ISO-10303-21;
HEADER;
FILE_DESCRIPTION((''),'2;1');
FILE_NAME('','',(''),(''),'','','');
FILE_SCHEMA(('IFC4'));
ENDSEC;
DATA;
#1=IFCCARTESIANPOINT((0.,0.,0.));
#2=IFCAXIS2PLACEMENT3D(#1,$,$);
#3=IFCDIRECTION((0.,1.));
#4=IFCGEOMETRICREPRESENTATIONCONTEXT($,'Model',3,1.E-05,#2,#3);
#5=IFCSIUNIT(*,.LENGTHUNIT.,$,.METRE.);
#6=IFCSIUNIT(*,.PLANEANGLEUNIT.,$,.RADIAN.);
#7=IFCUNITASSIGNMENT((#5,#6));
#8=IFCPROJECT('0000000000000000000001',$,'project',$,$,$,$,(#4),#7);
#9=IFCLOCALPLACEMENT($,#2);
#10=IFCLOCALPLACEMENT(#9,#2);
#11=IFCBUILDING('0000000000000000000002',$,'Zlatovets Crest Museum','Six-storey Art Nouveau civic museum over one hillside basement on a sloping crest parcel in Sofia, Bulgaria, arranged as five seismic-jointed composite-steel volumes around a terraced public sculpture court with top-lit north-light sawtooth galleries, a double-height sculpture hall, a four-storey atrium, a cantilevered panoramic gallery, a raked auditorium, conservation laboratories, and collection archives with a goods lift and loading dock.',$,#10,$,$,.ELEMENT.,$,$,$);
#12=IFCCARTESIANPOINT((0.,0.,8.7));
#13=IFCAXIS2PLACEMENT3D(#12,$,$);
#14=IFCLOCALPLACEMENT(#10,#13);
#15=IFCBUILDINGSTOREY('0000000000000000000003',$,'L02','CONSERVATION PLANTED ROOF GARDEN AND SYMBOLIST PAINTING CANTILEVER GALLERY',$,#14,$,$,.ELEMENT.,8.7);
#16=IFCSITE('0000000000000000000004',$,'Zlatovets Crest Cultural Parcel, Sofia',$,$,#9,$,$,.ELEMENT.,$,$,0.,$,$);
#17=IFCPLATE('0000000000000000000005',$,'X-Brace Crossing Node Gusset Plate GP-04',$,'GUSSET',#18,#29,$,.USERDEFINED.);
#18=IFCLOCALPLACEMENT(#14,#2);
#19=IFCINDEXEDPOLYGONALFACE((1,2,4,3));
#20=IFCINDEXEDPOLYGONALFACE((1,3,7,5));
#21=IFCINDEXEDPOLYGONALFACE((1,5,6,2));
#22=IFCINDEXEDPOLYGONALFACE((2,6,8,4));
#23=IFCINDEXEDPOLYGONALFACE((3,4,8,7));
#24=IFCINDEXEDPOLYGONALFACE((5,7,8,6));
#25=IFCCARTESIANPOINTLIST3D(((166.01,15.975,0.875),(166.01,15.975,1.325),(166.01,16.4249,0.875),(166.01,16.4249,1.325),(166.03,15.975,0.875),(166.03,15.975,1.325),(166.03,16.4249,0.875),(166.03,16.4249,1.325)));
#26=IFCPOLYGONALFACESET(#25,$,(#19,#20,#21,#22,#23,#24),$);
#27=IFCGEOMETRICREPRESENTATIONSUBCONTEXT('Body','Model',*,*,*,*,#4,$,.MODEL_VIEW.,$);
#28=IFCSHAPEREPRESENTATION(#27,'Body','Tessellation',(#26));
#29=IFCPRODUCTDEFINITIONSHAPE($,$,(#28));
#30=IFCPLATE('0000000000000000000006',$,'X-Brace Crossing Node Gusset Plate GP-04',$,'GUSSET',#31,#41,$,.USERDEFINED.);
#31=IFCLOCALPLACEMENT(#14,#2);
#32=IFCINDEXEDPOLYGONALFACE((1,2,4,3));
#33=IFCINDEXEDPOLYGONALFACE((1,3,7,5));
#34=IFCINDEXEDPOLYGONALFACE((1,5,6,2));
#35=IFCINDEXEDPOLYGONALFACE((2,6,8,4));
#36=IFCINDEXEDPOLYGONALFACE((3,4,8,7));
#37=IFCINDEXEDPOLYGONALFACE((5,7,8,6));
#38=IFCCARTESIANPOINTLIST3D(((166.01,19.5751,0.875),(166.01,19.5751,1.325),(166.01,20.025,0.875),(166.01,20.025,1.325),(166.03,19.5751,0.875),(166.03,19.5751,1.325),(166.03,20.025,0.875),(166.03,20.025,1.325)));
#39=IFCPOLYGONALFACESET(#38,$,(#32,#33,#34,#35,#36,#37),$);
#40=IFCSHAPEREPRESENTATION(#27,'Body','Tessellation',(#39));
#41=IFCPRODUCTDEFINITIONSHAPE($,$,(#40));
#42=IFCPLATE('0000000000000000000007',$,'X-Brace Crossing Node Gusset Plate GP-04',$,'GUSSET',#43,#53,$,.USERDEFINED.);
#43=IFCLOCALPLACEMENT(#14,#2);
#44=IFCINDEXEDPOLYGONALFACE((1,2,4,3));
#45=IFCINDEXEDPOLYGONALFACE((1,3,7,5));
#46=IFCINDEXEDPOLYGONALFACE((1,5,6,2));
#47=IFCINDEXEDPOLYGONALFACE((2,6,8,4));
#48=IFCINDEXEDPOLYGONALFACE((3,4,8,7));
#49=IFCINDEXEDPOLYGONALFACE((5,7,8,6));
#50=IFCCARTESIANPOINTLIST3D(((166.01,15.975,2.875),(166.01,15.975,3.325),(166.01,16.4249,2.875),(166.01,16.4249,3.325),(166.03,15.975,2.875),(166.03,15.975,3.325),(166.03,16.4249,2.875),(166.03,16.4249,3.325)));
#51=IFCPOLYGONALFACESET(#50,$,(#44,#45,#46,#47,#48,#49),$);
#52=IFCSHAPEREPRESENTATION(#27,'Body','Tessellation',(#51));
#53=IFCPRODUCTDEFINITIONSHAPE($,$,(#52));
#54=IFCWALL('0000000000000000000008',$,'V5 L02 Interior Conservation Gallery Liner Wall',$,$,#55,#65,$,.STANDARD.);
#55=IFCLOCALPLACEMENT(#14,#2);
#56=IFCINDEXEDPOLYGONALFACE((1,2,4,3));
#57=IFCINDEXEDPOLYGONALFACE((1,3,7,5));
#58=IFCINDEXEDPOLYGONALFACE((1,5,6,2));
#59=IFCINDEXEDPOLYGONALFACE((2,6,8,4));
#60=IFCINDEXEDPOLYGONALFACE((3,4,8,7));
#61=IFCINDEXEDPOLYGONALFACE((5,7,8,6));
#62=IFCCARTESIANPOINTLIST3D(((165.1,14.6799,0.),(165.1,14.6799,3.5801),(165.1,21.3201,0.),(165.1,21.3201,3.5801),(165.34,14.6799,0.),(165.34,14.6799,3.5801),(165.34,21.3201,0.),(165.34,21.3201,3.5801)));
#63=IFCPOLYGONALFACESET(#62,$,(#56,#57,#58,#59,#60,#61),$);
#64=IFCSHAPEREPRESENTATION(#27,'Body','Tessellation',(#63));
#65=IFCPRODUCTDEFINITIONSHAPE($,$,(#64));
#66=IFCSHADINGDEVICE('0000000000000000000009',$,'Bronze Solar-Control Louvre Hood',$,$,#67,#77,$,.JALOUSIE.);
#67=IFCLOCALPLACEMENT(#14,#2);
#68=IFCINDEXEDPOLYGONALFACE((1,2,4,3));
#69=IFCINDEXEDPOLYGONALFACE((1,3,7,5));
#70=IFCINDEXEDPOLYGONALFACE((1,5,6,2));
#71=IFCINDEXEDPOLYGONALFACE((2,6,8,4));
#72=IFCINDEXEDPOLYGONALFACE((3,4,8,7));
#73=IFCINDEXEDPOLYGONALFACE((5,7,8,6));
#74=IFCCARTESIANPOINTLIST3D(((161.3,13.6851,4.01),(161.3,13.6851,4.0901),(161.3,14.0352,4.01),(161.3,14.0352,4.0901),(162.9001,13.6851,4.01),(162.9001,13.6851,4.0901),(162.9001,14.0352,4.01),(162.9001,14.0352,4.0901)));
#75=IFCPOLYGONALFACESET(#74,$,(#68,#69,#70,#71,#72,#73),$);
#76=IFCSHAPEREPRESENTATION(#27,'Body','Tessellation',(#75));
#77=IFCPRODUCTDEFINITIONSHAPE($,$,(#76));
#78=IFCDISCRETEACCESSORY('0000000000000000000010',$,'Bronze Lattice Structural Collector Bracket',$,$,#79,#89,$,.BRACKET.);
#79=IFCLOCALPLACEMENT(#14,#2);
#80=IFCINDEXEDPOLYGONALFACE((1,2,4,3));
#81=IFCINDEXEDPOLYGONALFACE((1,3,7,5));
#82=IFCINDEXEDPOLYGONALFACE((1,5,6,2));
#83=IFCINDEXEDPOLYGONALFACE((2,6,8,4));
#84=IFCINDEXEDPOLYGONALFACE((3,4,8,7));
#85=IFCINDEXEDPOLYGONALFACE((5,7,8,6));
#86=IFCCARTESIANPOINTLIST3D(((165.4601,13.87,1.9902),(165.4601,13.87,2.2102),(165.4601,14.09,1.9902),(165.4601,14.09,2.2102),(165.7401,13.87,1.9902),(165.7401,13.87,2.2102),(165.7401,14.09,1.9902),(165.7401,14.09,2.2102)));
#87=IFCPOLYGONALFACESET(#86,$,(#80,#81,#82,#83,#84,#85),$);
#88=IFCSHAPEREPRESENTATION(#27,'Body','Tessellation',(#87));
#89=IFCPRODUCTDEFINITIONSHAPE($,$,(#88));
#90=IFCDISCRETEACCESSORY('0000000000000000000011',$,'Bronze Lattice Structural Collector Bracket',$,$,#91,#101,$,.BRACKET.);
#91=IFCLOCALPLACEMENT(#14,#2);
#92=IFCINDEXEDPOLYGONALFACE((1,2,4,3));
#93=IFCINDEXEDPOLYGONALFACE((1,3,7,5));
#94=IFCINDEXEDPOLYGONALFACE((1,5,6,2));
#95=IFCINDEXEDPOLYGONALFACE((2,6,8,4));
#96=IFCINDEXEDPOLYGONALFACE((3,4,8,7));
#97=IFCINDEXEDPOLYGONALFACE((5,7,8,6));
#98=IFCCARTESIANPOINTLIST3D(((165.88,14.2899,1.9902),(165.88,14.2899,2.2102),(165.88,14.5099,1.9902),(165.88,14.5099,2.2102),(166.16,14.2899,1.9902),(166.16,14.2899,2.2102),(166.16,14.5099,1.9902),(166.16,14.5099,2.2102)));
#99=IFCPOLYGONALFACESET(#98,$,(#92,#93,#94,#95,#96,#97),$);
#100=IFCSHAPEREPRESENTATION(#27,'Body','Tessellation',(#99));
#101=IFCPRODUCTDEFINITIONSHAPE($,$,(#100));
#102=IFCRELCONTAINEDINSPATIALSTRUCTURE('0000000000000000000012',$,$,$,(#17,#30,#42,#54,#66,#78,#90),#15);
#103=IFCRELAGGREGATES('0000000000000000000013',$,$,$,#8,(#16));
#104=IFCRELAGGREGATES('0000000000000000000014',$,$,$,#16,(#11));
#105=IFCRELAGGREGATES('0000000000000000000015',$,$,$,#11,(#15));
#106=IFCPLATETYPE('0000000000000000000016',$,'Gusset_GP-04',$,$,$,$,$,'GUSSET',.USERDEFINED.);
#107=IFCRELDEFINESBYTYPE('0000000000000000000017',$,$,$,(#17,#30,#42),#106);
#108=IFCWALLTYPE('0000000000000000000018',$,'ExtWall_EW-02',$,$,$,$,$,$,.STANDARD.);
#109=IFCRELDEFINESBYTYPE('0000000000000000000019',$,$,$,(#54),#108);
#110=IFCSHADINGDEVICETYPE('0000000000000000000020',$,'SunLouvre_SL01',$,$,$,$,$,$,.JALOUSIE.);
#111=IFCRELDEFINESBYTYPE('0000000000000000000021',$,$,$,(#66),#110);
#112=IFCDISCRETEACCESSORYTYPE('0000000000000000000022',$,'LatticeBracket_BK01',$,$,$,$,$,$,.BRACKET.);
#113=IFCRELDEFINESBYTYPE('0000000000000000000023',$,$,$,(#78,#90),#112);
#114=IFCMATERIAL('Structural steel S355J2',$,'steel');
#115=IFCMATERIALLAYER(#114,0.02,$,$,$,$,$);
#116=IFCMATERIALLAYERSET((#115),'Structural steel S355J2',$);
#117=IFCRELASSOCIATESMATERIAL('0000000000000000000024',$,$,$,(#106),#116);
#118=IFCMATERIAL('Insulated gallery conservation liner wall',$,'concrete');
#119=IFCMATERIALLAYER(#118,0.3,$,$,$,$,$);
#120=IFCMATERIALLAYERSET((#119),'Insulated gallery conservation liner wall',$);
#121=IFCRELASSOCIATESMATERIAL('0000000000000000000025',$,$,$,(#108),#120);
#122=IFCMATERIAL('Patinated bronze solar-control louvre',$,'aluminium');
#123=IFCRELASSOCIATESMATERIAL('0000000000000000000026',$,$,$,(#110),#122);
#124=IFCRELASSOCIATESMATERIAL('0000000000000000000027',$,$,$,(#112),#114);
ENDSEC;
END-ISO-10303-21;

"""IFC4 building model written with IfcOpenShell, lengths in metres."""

from ifc_helpers import new_model, si_unit, direction, frame, frame_2d, origin, origin_2d, place, context, subcontext, project, spatial, rectangle, extrude, material, layer, layer_set, type_object, element, save


model = new_model("IFC4")

# Units and contexts
model_context = context("Model", 3, precision=1e-05, world=origin(), true_north=direction((0.0, 1.0)))
body_context = subcontext(model_context, "Body", "Model", "MODEL_VIEW")
ifc_project = project(units=[si_unit("LENGTHUNIT", "METRE"), si_unit("PLANEANGLEUNIT", "RADIAN")], contexts=[model_context])

# Site, building, storey
site_placement = place(None, origin())
site = spatial("IfcSite", under=ifc_project, at=site_placement, Name="Zlatovets Crest Cultural Parcel, Sofia", CompositionType="ELEMENT", RefElevation=0.0)
building_placement = place(site_placement, origin())
building = spatial("IfcBuilding", under=site, at=building_placement, Name="Zlatovets Crest Museum", Description="Six-storey Art Nouveau civic museum over one hillside basement on a sloping crest parcel in Sofia, Bulgaria, arranged as five seismic-jointed composite-steel volumes around a terraced public sculpture court with top-lit north-light sawtooth galleries, a double-height sculpture hall, a four-storey atrium, a cantilevered panoramic gallery, a raked auditorium, conservation laboratories, and collection archives with a goods lift and loading dock.", CompositionType="ELEMENT")
storey_placement = place(building_placement, frame((0.0, 0.0, 8.7)))
storey = spatial("IfcBuildingStorey", under=building, at=storey_placement, Name="L02", Description="CONSERVATION PLANTED ROOF GARDEN AND SYMBOLIST PAINTING CANTILEVER GALLERY", CompositionType="ELEMENT", Elevation=8.7)

# Shared definitions
ifc_material_1 = material(Name="Structural steel S355J2", Category="steel")

# Plates
ifc_layer_1 = layer(ifc_material_1, 0.02)
ifc_layer_set_1 = layer_set([ifc_layer_1], Name="Structural steel S355J2")
plate_type_1 = type_object("IfcPlateType", Name="Gusset_GP-04", ElementType="GUSSET", PredefinedType="USERDEFINED", material=ifc_layer_set_1)
for number, where, z_axis, x_axis, name in (
    (1, (166.02, 16.2, 0.875), (0.0, 0.0, 1.0), (1.0, 0.0, 0.0), "X-Brace Crossing Node Gusset Plate GP-04"),
    (2, (166.02, 19.8, 0.875), (0.0, 0.0, 1.0), (1.0, 0.0, 0.0), "X-Brace Crossing Node Gusset Plate GP-04"),
    (3, (166.02, 16.2, 2.875), (0.0, 0.0, 1.0), (1.0, 0.0, 0.0), "X-Brace Crossing Node Gusset Plate GP-04"),
):
    element("IfcPlate", number, at=place(storey_placement, frame(where, z_axis=z_axis, x_axis=x_axis)), inside=storey, type_object=plate_type_1, Name=name, ObjectType="GUSSET", PredefinedType="USERDEFINED", context=body_context, shape_type="SweptSolid", body=[
        extrude(rectangle(XDim=0.02, YDim=0.45, at=origin_2d()), origin(), (0.0, 0.0, 1.0), 0.45),
    ])

# Wall
ifc_material_2 = material(Name="Insulated gallery conservation liner wall", Category="concrete")
ifc_layer_2 = layer(ifc_material_2, 0.3)
ifc_layer_set_2 = layer_set([ifc_layer_2], Name="Insulated gallery conservation liner wall")
wall_type = type_object("IfcWallType", Name="ExtWall_EW-02", PredefinedType="STANDARD", material=ifc_layer_set_2)
wall_placement = place(storey_placement, frame((165.22, 14.6799, 0.0), z_axis=(0.0, 0.0, 1.0), x_axis=(0.0, 1.0, 0.0)))
element("IfcWall", 4, at=wall_placement, inside=storey, type_object=wall_type, Name="V5 L02 Interior Conservation Gallery Liner Wall", PredefinedType="STANDARD", context=body_context, shape_type="SweptSolid", body=[
    extrude(rectangle(XDim=6.6401, YDim=0.24, at=frame_2d((3.3201, 0.0))), origin(), (0.0, 0.0, 1.0), 3.5801),
])

# Shading device
ifc_material_3 = material(Name="Patinated bronze solar-control louvre", Category="aluminium")
shading_device_type = type_object("IfcShadingDeviceType", Name="SunLouvre_SL01", PredefinedType="JALOUSIE", material=ifc_material_3)
shading_device_placement = place(storey_placement, frame((162.1001, 13.8601, 4.01), z_axis=(0.0, 0.0, 1.0), x_axis=(1.0, 0.0, 0.0)))
element("IfcShadingDevice", 5, at=shading_device_placement, inside=storey, type_object=shading_device_type, Name="Bronze Solar-Control Louvre Hood", PredefinedType="JALOUSIE", context=body_context, shape_type="SweptSolid", body=[
    extrude(rectangle(XDim=1.6001, YDim=0.3501, at=origin_2d()), origin(), (0.0, 0.0, 1.0), 0.0801),
])

# Discrete accessories
discrete_accessory_type = type_object("IfcDiscreteAccessoryType", Name="LatticeBracket_BK01", PredefinedType="BRACKET", material=ifc_material_1)
for number, where, z_axis, x_axis, name in (
    (6, (165.6001, 13.98, 1.9902), (0.0, 0.0, 1.0), (1.0, 0.0, 0.0), "Bronze Lattice Structural Collector Bracket"),
    (7, (166.02, 14.3999, 1.9902), (0.0, 0.0, 1.0), (1.0, 0.0, 0.0), "Bronze Lattice Structural Collector Bracket"),
):
    element("IfcDiscreteAccessory", number, at=place(storey_placement, frame(where, z_axis=z_axis, x_axis=x_axis)), inside=storey, type_object=discrete_accessory_type, Name=name, PredefinedType="BRACKET", context=body_context, shape_type="SweptSolid", body=[
        extrude(rectangle(XDim=0.28, YDim=0.22, at=origin_2d()), origin(), (0.0, 0.0, 1.0), 0.22),
    ])

save(model, "model.ifc")
